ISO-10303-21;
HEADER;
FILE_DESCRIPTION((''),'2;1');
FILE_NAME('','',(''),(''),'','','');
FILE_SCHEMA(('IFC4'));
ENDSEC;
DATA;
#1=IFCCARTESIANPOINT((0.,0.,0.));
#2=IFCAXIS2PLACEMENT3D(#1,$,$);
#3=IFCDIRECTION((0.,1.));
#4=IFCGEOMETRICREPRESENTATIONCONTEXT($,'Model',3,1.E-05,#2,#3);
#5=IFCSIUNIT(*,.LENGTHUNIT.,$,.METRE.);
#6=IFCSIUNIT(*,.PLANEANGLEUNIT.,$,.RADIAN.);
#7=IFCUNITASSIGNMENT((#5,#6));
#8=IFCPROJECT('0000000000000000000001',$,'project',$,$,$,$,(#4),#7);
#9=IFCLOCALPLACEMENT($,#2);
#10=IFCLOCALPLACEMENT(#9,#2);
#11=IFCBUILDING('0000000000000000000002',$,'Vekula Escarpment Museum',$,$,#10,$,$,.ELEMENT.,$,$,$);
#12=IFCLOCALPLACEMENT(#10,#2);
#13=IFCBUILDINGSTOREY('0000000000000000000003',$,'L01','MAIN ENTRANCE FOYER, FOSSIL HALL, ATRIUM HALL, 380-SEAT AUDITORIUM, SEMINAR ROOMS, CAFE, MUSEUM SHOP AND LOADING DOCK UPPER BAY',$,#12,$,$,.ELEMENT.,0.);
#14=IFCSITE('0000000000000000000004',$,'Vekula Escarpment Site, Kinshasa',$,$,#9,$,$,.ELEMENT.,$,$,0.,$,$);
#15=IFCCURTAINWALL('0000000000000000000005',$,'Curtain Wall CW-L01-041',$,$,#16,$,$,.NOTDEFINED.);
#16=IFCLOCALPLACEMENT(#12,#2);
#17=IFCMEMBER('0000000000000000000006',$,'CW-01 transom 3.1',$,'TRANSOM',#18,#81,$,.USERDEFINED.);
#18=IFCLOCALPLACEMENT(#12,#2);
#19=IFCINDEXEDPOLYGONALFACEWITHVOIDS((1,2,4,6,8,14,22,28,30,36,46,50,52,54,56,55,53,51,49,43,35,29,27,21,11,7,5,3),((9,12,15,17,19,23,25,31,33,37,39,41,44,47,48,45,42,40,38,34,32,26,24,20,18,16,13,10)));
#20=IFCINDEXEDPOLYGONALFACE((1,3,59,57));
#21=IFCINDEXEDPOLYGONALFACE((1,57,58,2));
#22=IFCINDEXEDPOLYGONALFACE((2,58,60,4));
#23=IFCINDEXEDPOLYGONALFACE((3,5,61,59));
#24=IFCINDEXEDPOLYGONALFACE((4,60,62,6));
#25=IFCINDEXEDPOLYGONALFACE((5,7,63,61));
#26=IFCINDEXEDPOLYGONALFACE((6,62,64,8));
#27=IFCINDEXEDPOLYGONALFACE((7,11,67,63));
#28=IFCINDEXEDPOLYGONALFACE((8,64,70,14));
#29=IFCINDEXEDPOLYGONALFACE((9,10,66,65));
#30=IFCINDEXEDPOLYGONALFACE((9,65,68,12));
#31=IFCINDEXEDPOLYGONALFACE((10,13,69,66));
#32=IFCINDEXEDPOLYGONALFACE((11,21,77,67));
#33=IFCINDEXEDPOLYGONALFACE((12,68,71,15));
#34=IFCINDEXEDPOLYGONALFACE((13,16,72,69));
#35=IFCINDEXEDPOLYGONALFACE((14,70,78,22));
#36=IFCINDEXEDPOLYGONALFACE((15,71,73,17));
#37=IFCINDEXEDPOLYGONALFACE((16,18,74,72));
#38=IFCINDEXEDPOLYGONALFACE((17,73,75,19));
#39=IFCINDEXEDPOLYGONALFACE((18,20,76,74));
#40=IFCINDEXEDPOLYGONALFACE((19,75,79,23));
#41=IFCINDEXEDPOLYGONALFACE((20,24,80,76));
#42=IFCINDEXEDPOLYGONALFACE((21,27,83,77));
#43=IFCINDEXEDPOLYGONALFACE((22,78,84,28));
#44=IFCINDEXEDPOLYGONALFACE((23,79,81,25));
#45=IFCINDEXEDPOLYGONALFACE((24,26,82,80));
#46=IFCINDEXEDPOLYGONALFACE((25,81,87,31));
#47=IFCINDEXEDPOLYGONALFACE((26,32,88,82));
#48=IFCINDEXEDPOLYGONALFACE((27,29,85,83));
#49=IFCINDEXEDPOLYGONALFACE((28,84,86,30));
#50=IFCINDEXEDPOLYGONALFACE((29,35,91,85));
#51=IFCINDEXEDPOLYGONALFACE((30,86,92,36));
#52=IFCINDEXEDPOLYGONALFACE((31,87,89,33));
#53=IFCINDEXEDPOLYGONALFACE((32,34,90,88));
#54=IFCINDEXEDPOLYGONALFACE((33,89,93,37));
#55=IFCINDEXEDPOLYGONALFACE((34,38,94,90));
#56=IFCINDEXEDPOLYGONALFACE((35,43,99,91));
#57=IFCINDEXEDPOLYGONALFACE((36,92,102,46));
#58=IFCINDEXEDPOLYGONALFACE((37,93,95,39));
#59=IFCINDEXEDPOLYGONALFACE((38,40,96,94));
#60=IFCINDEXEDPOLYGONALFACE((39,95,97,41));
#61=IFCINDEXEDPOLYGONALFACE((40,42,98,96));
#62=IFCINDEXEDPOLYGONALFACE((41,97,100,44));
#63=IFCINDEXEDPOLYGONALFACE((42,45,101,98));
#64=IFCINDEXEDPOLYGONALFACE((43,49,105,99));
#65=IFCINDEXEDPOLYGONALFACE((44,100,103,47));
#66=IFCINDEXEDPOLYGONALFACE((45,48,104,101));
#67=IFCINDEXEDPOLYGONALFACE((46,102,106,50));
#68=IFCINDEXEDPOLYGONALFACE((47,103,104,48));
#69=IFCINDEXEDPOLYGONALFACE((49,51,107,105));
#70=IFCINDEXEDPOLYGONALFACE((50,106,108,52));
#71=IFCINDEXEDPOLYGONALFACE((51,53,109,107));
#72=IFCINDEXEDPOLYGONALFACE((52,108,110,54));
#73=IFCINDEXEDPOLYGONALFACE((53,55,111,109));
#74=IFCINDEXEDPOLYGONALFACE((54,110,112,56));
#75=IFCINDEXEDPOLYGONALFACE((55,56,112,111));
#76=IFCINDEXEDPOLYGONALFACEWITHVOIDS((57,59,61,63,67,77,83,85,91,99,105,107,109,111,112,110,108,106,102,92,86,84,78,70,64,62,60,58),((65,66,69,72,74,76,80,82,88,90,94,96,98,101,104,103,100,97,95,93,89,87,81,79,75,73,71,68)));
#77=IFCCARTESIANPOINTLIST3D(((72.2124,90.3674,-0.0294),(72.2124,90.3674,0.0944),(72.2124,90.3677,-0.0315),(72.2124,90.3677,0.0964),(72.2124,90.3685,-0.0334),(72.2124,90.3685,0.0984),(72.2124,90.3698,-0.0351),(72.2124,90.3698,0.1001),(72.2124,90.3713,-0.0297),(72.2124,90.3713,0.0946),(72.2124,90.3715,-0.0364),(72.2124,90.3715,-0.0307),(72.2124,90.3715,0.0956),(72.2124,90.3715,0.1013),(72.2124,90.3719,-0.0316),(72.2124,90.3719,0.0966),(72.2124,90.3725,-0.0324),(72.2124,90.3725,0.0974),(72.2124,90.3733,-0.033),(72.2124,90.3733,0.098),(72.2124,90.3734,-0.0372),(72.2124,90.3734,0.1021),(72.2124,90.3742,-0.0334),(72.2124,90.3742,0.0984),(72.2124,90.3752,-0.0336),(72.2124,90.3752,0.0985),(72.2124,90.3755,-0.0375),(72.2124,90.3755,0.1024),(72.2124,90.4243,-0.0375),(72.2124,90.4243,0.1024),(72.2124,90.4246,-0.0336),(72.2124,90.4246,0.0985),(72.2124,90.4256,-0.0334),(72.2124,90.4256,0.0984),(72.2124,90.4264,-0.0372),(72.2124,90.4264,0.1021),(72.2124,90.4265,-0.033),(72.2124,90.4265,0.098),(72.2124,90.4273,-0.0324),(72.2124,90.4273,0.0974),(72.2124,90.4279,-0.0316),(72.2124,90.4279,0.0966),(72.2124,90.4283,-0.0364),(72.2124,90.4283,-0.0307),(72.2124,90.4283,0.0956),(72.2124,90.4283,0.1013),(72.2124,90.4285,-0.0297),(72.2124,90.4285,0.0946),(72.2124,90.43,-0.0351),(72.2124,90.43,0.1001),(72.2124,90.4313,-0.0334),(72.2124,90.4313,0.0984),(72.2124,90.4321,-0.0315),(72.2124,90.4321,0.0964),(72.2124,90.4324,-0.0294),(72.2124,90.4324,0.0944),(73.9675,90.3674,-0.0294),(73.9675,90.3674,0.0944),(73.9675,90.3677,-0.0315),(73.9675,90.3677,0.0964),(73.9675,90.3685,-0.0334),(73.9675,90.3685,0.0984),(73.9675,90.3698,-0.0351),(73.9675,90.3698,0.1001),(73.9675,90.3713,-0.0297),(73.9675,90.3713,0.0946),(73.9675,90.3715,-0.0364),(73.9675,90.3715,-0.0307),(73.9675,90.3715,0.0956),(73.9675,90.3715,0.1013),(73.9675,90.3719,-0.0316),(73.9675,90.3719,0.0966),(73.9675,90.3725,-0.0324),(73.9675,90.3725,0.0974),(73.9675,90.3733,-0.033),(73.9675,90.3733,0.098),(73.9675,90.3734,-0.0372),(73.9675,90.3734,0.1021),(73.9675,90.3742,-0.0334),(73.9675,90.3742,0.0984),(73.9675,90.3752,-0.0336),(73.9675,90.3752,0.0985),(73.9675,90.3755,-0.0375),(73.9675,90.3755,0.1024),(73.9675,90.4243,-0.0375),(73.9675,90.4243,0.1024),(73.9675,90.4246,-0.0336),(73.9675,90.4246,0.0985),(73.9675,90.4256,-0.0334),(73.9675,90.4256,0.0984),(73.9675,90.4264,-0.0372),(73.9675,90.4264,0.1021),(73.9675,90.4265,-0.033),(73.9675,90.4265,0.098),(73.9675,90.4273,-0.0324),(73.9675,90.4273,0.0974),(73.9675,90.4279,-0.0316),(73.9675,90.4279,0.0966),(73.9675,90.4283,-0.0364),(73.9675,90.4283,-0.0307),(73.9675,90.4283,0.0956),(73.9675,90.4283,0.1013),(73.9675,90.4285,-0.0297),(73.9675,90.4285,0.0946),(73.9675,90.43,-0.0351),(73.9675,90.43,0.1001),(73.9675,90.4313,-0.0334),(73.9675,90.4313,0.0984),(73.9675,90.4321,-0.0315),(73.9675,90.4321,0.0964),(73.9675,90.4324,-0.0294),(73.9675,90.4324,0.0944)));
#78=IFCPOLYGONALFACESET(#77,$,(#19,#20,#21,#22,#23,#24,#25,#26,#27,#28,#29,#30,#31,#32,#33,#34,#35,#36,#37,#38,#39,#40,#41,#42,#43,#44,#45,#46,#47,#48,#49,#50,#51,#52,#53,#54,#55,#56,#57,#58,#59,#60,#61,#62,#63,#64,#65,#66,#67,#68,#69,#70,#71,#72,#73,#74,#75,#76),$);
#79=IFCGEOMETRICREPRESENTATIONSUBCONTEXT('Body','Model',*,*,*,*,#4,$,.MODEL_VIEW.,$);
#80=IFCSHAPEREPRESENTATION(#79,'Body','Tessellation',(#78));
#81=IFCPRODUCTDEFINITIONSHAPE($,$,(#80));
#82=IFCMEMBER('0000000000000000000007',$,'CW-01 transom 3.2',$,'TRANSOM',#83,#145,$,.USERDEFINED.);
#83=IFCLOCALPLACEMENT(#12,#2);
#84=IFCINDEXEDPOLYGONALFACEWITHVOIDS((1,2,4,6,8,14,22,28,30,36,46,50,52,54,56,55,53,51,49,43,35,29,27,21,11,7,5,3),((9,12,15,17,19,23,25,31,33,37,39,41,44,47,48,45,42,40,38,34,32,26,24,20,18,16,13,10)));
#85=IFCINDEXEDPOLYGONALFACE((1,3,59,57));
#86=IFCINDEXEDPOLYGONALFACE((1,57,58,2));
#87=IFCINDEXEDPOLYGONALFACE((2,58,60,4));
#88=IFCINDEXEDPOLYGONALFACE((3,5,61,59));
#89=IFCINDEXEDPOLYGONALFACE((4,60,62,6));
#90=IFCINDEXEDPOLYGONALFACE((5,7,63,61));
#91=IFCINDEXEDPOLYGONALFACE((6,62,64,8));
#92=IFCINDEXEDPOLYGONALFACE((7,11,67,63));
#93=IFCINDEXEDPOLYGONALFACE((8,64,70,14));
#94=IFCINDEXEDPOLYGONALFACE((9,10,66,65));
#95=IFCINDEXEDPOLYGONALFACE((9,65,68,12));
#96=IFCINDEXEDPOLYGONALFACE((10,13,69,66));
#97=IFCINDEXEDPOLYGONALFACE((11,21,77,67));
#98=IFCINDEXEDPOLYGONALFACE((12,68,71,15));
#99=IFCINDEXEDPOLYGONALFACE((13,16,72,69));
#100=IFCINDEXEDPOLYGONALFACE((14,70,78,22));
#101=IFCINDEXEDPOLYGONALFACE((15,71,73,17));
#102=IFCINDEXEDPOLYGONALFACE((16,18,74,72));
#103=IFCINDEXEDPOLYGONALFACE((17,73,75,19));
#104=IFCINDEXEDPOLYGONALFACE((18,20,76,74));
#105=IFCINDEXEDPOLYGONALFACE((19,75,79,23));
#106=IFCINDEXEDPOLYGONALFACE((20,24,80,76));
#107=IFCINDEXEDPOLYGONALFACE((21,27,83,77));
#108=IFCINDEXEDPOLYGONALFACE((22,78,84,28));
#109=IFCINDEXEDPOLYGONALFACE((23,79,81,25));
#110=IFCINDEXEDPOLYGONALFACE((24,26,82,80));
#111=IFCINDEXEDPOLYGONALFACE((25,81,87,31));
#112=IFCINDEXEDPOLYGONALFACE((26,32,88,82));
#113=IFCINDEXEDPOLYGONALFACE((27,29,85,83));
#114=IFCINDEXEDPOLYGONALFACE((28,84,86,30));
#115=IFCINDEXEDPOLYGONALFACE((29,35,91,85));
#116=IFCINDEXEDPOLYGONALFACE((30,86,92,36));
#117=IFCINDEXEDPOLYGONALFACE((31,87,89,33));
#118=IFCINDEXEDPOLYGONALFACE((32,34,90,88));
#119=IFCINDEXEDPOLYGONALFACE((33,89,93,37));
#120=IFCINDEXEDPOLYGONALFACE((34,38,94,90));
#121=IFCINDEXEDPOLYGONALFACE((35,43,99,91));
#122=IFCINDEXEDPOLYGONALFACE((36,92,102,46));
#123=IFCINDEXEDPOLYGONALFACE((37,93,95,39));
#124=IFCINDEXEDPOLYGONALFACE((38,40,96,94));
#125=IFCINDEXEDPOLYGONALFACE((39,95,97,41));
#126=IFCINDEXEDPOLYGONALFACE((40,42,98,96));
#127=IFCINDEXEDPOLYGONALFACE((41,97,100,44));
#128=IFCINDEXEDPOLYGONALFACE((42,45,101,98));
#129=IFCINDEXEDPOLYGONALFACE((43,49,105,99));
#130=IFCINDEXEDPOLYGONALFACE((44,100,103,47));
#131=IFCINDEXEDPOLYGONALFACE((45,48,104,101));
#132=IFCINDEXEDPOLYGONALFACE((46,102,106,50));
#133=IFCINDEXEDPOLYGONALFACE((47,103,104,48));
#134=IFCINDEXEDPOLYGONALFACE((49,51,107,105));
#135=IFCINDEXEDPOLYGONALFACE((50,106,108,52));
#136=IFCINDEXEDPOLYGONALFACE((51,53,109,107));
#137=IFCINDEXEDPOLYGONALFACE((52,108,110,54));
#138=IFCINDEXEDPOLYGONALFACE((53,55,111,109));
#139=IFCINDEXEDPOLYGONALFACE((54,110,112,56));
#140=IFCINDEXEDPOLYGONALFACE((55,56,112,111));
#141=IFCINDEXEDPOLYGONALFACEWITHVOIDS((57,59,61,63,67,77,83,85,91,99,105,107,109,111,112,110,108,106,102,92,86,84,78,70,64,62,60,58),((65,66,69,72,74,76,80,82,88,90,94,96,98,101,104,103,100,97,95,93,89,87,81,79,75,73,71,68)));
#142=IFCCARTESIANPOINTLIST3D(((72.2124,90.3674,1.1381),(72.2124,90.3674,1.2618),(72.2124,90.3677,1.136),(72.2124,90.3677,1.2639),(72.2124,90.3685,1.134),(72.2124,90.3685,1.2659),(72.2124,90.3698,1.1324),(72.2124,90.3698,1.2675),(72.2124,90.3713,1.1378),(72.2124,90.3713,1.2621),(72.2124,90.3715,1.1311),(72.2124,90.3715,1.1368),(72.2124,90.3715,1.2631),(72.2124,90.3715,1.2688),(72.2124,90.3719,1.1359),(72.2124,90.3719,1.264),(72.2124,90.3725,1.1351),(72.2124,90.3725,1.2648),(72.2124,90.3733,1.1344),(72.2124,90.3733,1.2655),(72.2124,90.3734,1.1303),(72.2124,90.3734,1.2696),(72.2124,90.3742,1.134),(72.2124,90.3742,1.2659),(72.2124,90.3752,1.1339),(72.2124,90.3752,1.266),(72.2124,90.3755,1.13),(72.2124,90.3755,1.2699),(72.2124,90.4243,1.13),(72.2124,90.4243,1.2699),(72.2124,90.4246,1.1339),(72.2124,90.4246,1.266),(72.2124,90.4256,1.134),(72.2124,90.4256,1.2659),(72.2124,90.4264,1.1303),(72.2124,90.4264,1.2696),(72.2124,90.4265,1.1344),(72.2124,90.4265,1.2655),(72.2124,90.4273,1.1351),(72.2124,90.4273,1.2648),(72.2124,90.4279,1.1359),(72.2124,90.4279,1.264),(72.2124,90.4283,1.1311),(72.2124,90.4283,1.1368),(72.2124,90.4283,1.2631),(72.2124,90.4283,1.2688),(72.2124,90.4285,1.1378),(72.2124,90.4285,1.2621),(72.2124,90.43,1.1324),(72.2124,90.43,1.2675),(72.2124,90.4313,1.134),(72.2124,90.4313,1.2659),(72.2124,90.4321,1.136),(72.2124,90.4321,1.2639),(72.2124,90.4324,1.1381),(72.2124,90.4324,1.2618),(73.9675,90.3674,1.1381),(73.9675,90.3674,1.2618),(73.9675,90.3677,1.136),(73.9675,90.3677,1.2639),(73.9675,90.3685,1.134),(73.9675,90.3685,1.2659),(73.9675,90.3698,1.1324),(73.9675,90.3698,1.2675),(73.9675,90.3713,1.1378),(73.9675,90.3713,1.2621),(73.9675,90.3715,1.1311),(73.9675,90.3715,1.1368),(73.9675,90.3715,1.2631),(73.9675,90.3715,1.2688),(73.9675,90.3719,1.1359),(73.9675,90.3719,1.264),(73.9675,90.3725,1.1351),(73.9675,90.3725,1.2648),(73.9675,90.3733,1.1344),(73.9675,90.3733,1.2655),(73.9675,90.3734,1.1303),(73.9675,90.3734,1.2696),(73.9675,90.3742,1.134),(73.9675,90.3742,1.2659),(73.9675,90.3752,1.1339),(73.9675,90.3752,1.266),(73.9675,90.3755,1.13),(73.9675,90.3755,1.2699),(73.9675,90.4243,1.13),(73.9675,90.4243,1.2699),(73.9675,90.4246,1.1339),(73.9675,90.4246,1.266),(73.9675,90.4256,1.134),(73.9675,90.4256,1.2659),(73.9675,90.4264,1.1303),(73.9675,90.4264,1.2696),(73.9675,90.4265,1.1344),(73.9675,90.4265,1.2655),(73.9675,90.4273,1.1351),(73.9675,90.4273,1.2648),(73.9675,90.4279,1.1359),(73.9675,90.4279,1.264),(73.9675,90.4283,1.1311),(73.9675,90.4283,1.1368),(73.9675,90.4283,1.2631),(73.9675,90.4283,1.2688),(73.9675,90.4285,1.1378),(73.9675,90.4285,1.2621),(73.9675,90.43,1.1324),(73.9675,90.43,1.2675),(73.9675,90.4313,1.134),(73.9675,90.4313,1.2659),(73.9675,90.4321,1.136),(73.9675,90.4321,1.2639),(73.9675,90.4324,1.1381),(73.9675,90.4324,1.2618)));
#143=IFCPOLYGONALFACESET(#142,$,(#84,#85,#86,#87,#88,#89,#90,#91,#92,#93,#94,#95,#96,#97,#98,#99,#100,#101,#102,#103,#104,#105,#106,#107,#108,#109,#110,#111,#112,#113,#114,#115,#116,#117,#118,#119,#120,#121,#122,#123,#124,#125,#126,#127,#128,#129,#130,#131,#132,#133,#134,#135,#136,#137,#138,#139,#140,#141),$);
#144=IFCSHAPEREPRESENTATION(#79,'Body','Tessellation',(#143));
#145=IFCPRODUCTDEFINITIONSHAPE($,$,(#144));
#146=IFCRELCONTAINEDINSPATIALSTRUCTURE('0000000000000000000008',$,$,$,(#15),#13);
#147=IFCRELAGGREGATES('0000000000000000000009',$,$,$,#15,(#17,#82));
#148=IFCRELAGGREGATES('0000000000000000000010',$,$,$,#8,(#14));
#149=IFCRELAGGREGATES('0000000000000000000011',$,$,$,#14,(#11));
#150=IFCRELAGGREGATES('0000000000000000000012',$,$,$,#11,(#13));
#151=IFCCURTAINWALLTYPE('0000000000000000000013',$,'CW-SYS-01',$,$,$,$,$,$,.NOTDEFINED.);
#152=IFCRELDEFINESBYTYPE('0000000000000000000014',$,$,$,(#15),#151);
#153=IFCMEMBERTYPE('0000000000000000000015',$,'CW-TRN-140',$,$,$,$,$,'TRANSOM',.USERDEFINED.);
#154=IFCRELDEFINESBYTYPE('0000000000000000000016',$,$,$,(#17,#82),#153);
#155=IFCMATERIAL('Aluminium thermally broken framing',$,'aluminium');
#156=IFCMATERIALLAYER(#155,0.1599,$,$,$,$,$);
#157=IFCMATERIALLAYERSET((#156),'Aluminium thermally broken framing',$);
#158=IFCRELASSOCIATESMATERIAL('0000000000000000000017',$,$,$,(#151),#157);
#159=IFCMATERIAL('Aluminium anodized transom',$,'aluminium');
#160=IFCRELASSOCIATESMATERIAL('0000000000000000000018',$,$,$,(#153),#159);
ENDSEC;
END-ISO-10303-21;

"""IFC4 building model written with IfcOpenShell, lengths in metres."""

from ifc_helpers import new_model, si_unit, direction, frame, origin, origin_2d, place, context, subcontext, project, spatial, hollow_rectangle, extrude, material, layer, layer_set, material_profile, profile_set, type_object, element, aggregate, save


model = new_model("IFC4")

# Units and contexts
model_context = context("Model", 3, precision=1e-05, world=origin(), true_north=direction((0.0, 1.0)))
body_context = subcontext(model_context, "Body", "Model", "MODEL_VIEW")
ifc_project = project(units=[si_unit("LENGTHUNIT", "METRE"), si_unit("PLANEANGLEUNIT", "RADIAN")], contexts=[model_context])

# Site, building, storey
site_placement = place(None, origin())
site = spatial("IfcSite", under=ifc_project, at=site_placement, Name="Vekula Escarpment Site, Kinshasa", CompositionType="ELEMENT", RefElevation=0.0)
building_placement = place(site_placement, origin())
building = spatial("IfcBuilding", under=site, at=building_placement, Name="Vekula Escarpment Museum", CompositionType="ELEMENT")
storey_placement = place(building_placement, origin())
storey = spatial("IfcBuildingStorey", under=building, at=storey_placement, Name="L01", Description="MAIN ENTRANCE FOYER, FOSSIL HALL, ATRIUM HALL, 380-SEAT AUDITORIUM, SEMINAR ROOMS, CAFE, MUSEUM SHOP AND LOADING DOCK UPPER BAY", CompositionType="ELEMENT", Elevation=0.0)

# Curtain wall, members
ifc_material_1 = material(Name="Aluminium thermally broken framing", Category="aluminium")
ifc_layer_1 = layer(ifc_material_1, 0.1599)
ifc_layer_set_1 = layer_set([ifc_layer_1], Name="Aluminium thermally broken framing")
curtain_wall_type = type_object("IfcCurtainWallType", Name="CW-SYS-01", PredefinedType="NOTDEFINED", material=ifc_layer_set_1)
curtain_wall_placement = place(storey_placement, origin())
curtain_wall = element("IfcCurtainWall", 1, at=curtain_wall_placement, inside=storey, type_object=curtain_wall_type, Name="Curtain Wall CW-L01-041", PredefinedType="NOTDEFINED")
ifc_material_2 = material(Name="Aluminium anodized transom", Category="aluminium")
ifc_material_profile_1 = material_profile(ifc_material_2, hollow_rectangle(XDim=0.0649, YDim=0.1399, WallThickness=0.0039, InnerFilletRadius=0.0039, OuterFilletRadius=0.0081, at=origin_2d()), Name="ALU 140x65x4")
ifc_profile_set_1 = profile_set([ifc_material_profile_1], Name="Aluminium anodized transom")
member_type_1 = type_object("IfcMemberType", Name="CW-TRN-140", ElementType="TRANSOM", PredefinedType="USERDEFINED", material=ifc_profile_set_1)
member_1_placement = place(storey_placement, frame((73.9675, 90.3999, 0.0325), z_axis=(-1.0, 0.0, 0.0), x_axis=(0.0, -1.0, 0.0)))
member_1 = element("IfcMember", 2, at=member_1_placement, type_object=member_type_1, Name="CW-01 transom 3.1", ObjectType="TRANSOM", PredefinedType="USERDEFINED", context=body_context, shape_type="SweptSolid", body=[
    extrude(hollow_rectangle(XDim=0.0649, YDim=0.1399, WallThickness=0.0039, InnerFilletRadius=0.0039, OuterFilletRadius=0.0081, at=origin_2d()), origin(), (0.0, 0.0, 1.0), 1.7551),
])
member_2_placement = place(storey_placement, frame((73.9675, 90.3999, 1.2), z_axis=(-1.0, 0.0, 0.0), x_axis=(0.0, -1.0, 0.0)))
member_2 = element("IfcMember", 3, at=member_2_placement, type_object=member_type_1, Name="CW-01 transom 3.2", ObjectType="TRANSOM", PredefinedType="USERDEFINED", context=body_context, shape_type="SweptSolid", body=[
    extrude(hollow_rectangle(XDim=0.0649, YDim=0.1399, WallThickness=0.0039, InnerFilletRadius=0.0039, OuterFilletRadius=0.0081, at=origin_2d()), origin(), (0.0, 0.0, 1.0), 1.7551),
])

aggregate(curtain_wall, [member_1, member_2])

save(model, "model.ifc")
